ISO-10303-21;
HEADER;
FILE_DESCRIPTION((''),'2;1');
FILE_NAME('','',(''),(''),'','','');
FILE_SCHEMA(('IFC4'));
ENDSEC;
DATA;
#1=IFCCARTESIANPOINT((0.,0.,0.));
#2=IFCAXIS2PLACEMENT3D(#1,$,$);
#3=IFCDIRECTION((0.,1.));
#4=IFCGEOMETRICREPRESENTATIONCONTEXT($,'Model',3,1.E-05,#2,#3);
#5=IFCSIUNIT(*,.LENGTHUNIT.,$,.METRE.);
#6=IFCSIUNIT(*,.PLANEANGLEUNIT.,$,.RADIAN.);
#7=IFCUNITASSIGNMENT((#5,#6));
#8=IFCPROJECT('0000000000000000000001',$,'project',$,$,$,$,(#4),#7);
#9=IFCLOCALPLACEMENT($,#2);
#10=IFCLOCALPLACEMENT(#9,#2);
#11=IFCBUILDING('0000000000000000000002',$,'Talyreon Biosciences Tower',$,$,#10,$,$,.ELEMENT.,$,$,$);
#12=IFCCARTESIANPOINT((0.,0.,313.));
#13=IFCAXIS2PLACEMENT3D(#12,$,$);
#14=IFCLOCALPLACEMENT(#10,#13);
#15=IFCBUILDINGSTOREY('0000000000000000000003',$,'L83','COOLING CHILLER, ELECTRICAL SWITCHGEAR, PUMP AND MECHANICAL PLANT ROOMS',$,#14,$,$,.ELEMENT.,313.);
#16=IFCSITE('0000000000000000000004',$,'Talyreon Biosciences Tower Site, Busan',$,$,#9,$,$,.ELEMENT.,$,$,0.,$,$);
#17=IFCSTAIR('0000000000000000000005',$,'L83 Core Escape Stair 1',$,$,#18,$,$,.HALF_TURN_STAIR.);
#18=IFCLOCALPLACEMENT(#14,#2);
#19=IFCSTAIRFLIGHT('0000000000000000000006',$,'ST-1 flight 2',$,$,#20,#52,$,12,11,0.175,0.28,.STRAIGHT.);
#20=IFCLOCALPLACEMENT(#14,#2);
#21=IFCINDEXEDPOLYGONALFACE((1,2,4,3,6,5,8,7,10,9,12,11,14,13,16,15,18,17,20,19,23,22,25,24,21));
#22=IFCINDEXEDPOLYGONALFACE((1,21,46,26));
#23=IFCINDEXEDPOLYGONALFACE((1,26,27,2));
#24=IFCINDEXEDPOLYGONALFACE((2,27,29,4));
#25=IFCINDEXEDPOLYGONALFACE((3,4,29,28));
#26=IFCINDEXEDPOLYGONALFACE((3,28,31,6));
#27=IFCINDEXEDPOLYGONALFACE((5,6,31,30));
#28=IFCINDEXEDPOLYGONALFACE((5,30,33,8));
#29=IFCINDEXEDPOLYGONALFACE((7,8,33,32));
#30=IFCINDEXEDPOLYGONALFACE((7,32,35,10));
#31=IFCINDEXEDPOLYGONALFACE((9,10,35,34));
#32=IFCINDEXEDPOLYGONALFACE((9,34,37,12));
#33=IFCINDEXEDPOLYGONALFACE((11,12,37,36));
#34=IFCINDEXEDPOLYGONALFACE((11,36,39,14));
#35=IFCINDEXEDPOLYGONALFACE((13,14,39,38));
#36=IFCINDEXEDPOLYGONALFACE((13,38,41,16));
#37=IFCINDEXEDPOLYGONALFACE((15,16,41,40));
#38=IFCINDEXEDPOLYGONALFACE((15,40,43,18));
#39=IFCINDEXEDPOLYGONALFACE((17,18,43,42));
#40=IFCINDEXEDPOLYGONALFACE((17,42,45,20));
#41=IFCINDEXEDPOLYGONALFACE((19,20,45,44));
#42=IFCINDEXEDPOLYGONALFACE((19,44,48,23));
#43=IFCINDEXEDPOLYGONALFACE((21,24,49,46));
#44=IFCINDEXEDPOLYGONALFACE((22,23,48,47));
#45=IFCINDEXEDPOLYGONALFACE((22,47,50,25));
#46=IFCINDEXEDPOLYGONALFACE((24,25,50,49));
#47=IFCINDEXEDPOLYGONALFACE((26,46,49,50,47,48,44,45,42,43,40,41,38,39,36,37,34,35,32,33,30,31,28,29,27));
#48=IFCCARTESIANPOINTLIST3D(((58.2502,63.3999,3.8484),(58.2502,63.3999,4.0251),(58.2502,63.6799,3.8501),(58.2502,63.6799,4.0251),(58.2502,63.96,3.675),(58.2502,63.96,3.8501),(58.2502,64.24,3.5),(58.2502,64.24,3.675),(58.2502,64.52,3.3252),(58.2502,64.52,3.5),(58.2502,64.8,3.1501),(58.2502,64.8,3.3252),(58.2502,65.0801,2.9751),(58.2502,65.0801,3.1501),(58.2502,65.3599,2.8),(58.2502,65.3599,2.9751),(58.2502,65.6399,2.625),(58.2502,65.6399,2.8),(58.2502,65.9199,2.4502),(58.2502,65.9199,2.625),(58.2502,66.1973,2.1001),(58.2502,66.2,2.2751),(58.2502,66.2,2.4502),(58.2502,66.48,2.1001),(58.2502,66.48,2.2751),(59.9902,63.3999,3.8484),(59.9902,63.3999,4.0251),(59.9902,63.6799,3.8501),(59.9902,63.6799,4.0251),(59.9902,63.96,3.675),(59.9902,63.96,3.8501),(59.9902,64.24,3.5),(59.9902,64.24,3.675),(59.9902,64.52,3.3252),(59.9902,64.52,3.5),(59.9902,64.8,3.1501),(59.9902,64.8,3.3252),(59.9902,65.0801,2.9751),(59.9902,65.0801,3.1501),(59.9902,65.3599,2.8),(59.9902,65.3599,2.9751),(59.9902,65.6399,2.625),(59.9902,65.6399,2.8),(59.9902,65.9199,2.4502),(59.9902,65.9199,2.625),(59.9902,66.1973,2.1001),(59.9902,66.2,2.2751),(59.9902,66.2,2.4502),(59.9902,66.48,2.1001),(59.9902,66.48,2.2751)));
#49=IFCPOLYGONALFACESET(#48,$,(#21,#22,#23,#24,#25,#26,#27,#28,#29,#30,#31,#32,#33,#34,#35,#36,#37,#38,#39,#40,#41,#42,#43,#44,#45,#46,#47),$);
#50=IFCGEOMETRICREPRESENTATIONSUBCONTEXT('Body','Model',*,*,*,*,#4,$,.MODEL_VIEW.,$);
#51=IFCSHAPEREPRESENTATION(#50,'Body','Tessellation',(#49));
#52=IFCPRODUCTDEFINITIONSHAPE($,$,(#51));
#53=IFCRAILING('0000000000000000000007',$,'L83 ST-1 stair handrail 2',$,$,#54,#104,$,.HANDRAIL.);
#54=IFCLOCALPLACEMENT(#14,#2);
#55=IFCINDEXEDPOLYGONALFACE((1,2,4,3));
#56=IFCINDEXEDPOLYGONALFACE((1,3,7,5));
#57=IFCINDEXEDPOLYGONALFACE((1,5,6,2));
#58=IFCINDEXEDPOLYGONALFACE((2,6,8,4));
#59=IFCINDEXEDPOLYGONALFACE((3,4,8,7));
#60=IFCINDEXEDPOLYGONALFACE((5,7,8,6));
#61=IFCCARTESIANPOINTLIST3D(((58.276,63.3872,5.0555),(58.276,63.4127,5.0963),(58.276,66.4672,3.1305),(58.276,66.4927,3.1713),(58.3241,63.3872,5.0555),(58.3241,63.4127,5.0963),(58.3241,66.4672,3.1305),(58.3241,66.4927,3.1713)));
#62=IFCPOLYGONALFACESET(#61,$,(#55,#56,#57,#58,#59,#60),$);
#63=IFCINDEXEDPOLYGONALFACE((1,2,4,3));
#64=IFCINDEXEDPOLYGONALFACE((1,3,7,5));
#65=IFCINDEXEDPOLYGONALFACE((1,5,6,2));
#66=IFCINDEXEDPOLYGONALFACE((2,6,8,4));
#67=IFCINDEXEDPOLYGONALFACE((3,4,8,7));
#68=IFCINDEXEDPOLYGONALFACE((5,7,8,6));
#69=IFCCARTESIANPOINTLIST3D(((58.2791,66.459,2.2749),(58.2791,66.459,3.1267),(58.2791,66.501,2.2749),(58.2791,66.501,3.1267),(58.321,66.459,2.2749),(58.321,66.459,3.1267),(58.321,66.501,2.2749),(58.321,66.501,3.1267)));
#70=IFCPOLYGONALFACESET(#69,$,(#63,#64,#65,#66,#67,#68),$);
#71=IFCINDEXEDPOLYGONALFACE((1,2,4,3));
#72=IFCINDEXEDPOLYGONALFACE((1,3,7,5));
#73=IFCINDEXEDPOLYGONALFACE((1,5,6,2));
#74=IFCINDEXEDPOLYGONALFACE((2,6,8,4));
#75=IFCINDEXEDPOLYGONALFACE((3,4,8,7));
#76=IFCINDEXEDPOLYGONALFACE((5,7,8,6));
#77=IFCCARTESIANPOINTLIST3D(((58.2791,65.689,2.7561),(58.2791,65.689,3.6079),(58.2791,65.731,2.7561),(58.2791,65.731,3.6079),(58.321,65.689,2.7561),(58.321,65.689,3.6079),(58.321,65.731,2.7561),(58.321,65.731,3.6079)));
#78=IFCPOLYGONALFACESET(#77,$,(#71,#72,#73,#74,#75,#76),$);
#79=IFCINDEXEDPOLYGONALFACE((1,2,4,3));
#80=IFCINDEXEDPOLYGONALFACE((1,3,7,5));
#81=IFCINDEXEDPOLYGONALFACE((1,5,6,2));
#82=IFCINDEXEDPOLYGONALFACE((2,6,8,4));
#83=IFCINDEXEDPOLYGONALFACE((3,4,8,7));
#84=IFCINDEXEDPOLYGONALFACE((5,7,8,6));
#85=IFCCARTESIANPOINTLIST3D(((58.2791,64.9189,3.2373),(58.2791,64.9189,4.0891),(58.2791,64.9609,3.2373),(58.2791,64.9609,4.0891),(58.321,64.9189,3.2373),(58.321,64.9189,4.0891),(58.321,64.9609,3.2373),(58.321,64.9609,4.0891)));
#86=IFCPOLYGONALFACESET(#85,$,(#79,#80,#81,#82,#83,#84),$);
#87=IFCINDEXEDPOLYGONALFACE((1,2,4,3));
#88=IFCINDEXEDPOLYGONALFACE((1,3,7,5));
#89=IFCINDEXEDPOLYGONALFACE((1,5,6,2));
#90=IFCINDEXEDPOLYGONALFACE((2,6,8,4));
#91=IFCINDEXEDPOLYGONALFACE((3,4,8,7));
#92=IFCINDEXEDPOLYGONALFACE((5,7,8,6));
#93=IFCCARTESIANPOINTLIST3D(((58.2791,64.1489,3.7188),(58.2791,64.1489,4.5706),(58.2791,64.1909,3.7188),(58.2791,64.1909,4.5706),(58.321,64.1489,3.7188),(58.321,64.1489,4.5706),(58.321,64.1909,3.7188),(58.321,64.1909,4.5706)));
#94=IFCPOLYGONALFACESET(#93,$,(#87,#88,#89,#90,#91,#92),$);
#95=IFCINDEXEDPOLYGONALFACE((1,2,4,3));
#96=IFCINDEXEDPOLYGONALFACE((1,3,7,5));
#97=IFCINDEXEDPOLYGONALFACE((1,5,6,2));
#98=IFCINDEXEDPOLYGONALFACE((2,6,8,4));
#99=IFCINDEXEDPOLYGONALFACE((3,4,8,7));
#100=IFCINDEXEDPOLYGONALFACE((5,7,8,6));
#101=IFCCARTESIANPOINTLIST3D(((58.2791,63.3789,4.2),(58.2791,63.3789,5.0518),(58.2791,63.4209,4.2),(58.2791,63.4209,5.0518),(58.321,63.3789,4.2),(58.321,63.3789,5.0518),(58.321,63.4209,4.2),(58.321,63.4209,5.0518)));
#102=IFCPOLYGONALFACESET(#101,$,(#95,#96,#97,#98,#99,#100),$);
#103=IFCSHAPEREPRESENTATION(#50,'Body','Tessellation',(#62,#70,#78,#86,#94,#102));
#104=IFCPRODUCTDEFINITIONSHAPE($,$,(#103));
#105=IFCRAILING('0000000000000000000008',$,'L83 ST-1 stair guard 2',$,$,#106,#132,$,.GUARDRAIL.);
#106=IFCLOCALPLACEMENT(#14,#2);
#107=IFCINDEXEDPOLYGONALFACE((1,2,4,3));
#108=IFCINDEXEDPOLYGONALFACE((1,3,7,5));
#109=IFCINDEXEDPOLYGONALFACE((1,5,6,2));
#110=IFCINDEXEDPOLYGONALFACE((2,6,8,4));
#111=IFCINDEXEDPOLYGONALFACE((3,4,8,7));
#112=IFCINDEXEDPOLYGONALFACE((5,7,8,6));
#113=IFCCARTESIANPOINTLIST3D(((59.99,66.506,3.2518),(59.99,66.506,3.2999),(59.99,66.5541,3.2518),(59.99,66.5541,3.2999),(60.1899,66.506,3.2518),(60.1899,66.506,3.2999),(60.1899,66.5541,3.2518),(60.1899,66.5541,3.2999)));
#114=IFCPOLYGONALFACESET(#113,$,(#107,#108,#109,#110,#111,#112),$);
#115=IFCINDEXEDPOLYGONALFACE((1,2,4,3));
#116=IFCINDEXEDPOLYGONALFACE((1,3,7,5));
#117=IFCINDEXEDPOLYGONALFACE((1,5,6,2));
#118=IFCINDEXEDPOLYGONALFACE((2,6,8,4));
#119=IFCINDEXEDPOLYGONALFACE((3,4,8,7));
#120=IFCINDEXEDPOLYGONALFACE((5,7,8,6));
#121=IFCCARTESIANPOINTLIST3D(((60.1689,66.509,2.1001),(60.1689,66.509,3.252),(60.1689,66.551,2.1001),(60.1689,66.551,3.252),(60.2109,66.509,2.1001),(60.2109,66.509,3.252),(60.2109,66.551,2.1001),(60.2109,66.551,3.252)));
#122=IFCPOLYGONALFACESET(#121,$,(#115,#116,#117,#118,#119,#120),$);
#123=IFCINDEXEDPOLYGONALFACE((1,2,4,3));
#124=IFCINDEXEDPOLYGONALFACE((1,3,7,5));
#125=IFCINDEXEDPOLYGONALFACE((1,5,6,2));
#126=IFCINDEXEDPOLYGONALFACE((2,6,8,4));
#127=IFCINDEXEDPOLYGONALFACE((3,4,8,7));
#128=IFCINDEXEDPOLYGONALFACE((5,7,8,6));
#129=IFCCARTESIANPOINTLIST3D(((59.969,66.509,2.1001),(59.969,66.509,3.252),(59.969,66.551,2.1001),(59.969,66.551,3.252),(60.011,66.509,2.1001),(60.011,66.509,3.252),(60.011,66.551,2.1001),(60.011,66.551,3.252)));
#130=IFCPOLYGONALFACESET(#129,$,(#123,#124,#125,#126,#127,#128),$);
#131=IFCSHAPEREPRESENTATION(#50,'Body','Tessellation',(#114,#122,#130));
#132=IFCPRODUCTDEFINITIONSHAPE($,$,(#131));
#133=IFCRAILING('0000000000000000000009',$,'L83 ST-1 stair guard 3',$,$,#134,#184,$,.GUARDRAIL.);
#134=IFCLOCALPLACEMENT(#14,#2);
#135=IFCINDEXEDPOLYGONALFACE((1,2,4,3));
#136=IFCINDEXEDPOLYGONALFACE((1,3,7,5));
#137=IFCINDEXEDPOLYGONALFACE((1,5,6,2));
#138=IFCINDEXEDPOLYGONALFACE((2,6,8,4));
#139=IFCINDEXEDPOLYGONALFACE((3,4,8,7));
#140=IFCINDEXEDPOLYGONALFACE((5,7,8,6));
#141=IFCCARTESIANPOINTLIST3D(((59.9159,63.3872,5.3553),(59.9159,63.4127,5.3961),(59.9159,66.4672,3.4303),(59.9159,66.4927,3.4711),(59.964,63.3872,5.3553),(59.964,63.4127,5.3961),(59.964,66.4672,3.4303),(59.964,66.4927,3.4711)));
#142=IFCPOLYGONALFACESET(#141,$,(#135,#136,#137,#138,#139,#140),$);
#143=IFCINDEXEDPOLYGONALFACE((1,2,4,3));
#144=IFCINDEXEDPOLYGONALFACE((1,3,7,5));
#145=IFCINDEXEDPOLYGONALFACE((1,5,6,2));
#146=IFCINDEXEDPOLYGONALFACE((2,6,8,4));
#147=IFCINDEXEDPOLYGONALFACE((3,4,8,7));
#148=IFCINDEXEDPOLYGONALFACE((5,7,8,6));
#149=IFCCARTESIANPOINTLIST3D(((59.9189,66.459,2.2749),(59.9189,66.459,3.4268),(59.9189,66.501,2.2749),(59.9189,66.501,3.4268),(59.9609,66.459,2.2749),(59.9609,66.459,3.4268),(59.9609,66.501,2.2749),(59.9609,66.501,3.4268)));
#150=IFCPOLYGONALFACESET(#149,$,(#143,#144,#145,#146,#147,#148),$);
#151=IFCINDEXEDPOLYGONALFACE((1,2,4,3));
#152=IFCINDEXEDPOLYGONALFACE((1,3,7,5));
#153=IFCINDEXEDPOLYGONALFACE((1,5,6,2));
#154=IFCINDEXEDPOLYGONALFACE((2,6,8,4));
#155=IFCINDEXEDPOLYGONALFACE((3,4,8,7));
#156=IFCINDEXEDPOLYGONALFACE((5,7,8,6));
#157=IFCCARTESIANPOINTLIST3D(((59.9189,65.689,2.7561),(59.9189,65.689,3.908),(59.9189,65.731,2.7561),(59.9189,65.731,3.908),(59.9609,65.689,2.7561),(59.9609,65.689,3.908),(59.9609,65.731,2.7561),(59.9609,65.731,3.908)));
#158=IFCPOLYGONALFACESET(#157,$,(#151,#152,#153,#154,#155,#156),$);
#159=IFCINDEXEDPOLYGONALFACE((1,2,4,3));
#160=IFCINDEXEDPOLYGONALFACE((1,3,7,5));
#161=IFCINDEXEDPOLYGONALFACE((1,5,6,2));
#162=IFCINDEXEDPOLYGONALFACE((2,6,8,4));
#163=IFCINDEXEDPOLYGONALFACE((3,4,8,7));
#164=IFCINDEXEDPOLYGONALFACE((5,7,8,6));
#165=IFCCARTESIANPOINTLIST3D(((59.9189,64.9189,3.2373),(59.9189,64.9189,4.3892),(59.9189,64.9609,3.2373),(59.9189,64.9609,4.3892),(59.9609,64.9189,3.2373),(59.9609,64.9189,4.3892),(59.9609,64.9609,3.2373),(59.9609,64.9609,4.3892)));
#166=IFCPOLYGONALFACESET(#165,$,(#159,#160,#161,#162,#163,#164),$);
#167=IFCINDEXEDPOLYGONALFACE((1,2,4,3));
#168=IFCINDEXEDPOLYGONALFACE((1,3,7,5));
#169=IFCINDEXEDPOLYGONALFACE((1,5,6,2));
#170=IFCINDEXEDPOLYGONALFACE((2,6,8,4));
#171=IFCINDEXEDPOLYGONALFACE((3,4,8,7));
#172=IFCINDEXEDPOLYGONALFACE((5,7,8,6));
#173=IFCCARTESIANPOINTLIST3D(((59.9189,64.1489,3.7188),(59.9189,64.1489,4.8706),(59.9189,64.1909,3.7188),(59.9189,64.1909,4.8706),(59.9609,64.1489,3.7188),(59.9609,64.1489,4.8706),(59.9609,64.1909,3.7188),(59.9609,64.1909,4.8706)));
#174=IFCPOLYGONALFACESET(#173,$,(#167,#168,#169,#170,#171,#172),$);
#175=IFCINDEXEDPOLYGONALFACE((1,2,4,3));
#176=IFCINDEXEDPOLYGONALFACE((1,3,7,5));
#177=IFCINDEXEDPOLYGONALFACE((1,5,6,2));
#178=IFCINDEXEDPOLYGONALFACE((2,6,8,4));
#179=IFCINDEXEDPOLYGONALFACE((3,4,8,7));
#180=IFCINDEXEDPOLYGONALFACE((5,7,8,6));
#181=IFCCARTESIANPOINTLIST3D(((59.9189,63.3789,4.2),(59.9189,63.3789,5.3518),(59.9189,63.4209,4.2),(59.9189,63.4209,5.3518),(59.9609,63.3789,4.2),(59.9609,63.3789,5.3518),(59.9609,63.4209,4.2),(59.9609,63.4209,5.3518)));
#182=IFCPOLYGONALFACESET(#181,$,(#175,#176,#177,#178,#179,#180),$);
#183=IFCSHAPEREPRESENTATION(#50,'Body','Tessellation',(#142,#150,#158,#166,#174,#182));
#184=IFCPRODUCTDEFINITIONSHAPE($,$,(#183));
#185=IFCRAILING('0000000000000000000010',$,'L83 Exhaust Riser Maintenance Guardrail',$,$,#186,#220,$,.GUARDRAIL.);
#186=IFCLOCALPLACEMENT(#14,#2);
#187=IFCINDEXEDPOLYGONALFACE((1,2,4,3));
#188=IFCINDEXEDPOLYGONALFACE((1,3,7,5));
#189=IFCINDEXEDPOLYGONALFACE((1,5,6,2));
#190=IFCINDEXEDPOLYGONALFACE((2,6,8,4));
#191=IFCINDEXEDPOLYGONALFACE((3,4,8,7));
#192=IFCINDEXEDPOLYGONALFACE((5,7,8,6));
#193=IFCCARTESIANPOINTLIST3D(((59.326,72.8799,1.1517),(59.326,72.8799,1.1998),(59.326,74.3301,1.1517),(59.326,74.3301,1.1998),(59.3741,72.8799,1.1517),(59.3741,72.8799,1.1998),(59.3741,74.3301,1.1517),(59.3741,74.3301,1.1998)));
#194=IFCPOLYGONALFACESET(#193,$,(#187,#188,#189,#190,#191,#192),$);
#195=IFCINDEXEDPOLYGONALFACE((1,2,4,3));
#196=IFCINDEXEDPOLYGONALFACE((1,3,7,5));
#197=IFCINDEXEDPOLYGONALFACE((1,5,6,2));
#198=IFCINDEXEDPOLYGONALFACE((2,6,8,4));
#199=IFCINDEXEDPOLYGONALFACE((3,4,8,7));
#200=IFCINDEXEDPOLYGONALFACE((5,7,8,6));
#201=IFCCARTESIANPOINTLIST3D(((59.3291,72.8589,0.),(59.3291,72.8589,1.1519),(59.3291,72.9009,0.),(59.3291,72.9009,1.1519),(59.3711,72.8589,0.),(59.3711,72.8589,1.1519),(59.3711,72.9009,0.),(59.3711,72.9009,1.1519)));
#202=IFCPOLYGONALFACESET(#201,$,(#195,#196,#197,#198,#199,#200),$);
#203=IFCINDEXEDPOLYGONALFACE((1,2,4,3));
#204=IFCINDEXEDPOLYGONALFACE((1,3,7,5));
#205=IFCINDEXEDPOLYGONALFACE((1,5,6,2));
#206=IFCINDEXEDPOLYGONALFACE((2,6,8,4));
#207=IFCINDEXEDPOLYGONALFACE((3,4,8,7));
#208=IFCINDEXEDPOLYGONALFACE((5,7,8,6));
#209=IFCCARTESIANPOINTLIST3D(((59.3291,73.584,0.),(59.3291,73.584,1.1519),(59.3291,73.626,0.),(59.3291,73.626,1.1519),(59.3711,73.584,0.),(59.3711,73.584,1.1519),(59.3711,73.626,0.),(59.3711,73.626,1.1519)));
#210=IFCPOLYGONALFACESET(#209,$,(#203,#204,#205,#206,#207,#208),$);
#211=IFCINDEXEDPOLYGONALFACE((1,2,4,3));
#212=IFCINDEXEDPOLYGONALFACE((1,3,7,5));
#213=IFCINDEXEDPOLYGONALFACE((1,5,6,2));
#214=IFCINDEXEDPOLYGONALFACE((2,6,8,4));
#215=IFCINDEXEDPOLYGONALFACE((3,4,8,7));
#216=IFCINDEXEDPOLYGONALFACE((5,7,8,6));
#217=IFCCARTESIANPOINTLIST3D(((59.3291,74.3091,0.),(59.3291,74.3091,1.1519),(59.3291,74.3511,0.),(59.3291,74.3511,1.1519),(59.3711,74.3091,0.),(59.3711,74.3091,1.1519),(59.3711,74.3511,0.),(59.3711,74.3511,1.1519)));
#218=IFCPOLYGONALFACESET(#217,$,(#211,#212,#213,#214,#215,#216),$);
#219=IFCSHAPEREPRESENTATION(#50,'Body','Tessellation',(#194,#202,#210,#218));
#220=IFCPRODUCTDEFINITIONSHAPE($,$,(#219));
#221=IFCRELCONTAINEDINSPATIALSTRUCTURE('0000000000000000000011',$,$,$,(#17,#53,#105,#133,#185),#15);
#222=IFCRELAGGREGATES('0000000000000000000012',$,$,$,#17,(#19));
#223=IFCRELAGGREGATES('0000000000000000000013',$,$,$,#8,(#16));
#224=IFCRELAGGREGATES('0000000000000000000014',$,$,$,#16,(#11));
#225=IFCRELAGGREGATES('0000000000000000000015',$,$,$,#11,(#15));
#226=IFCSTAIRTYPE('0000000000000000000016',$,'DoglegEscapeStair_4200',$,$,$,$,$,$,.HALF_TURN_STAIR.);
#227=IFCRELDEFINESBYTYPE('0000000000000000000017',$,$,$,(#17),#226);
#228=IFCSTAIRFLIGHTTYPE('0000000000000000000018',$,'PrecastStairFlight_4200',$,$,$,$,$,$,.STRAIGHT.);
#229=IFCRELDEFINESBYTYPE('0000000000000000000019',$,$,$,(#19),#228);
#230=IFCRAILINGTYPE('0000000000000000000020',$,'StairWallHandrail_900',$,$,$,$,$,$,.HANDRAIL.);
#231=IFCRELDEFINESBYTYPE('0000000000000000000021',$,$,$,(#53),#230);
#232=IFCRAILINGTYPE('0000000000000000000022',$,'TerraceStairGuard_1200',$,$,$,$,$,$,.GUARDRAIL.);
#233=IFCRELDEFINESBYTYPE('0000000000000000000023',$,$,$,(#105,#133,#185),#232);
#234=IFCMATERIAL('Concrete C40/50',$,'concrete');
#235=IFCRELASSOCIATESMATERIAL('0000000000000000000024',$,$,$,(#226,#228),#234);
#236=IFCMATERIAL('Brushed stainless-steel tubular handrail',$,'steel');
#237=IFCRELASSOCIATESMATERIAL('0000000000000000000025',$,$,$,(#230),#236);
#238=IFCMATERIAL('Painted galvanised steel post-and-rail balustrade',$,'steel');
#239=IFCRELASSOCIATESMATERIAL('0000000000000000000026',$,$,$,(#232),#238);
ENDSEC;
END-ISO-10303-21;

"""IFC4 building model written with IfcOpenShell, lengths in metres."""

from ifc_helpers import new_model, si_unit, direction, frame, origin, origin_2d, place, context, subcontext, project, spatial, polyline, rectangle, outline, extrude, material, type_object, element, aggregate, save


model = new_model("IFC4")

# Units and contexts
model_context = context("Model", 3, precision=1e-05, world=origin(), true_north=direction((0.0, 1.0)))
body_context = subcontext(model_context, "Body", "Model", "MODEL_VIEW")
ifc_project = project(units=[si_unit("LENGTHUNIT", "METRE"), si_unit("PLANEANGLEUNIT", "RADIAN")], contexts=[model_context])

# Site, building, storey
site_placement = place(None, origin())
site = spatial("IfcSite", under=ifc_project, at=site_placement, Name="Talyreon Biosciences Tower Site, Busan", CompositionType="ELEMENT", RefElevation=0.0)
building_placement = place(site_placement, origin())
building = spatial("IfcBuilding", under=site, at=building_placement, Name="Talyreon Biosciences Tower", CompositionType="ELEMENT")
storey_placement = place(building_placement, frame((0.0, 0.0, 313.0)))
storey = spatial("IfcBuildingStorey", under=building, at=storey_placement, Name="L83", Description="COOLING CHILLER, ELECTRICAL SWITCHGEAR, PUMP AND MECHANICAL PLANT ROOMS", CompositionType="ELEMENT", Elevation=313.0)

# Stair, stair flight
ifc_material_1 = material(Name="Concrete C40/50", Category="concrete")
stair_type = type_object("IfcStairType", Name="DoglegEscapeStair_4200", PredefinedType="HALF_TURN_STAIR", material=ifc_material_1)
stair_placement = place(storey_placement, origin())
stair = element("IfcStair", 1, at=stair_placement, inside=storey, type_object=stair_type, Name="L83 Core Escape Stair 1", PredefinedType="HALF_TURN_STAIR")
stair_flight_type = type_object("IfcStairFlightType", Name="PrecastStairFlight_4200", PredefinedType="STRAIGHT", material=ifc_material_1)
stair_flight_placement = place(storey_placement, frame((59.1201, 66.48, 2.1001), z_axis=(0.0, 0.0, 1.0), x_axis=(0.0, -1.0, 0.0)))
stair_flight = element("IfcStairFlight", 2, at=stair_flight_placement, type_object=stair_flight_type, Name="ST-1 flight 2", NumberOfRisers=12, NumberOfTreads=11, PredefinedType="STRAIGHT", RiserHeight=0.175, TreadLength=0.28, context=body_context, shape_type="SweptSolid", body=[
    extrude(outline(polyline([(0.0, 0.0), (0.0, 0.175), (0.28, 0.175), (0.28, 0.3501), (0.5601, 0.3501), (0.5601, 0.5249), (0.8401, 0.5249), (0.8401, 0.7), (1.1201, 0.7), (1.1201, 0.875), (1.3999, 0.875), (1.3999, 1.05), (1.6799, 1.05), (1.6799, 1.2251), (1.96, 1.2251), (1.96, 1.3999), (2.24, 1.3999), (2.24, 1.575), (2.52, 1.575), (2.52, 1.75), (2.8, 1.75), (2.8, 1.925), (3.0801, 1.925), (3.0801, 2.1001), (3.0801, 1.7483), (0.2827, 0.0), (0.0, 0.0)])), frame((0.0, 0.8701, 0.0), z_axis=(0.0, -1.0, 0.0), x_axis=(1.0, 0.0, 0.0)), (0.0, 0.0, 1.0), 1.74),
])
aggregate(stair, [stair_flight])

# Railings
ifc_material_2 = material(Name="Brushed stainless-steel tubular handrail", Category="steel")
railing_type_1 = type_object("IfcRailingType", Name="StairWallHandrail_900", PredefinedType="HANDRAIL", material=ifc_material_2)
railing_1_placement = place(storey_placement, frame((58.3, 66.48, 2.2749)))
element("IfcRailing", 3, at=railing_1_placement, inside=storey, type_object=railing_type_1, Name="L83 ST-1 stair handrail 2", PredefinedType="HANDRAIL", context=body_context, shape_type="SweptSolid", body=[
    extrude(rectangle(XDim=0.0481, YDim=0.0481, at=origin_2d()), frame((0.0, 0.0, 0.876), z_axis=(0.0, -0.847998, 0.529999), x_axis=(1.0, 0.0, 0.0)), (0.0, 0.0, 1.0), 3.6321),
    extrude(rectangle(XDim=0.042, YDim=0.042, at=origin_2d()), origin(), (0.0, 0.0, 1.0), 0.8518),
    extrude(rectangle(XDim=0.042, YDim=0.042, at=origin_2d()), frame((0.0, -0.77, 0.4812)), (0.0, 0.0, 1.0), 0.8518),
    extrude(rectangle(XDim=0.042, YDim=0.042, at=origin_2d()), frame((0.0, -1.54, 0.9624)), (0.0, 0.0, 1.0), 0.8518),
    extrude(rectangle(XDim=0.042, YDim=0.042, at=origin_2d()), frame((0.0, -2.3101, 1.4438)), (0.0, 0.0, 1.0), 0.8518),
    extrude(rectangle(XDim=0.042, YDim=0.042, at=origin_2d()), frame((0.0, -3.0801, 1.925)), (0.0, 0.0, 1.0), 0.8518),
])
ifc_material_3 = material(Name="Painted galvanised steel post-and-rail balustrade", Category="steel")
railing_type_2 = type_object("IfcRailingType", Name="TerraceStairGuard_1200", PredefinedType="GUARDRAIL", material=ifc_material_3)
railing_2_placement = place(storey_placement, frame((60.1899, 66.53, 2.1001)))
element("IfcRailing", 4, at=railing_2_placement, inside=storey, type_object=railing_type_2, Name="L83 ST-1 stair guard 2", PredefinedType="GUARDRAIL", context=body_context, shape_type="SweptSolid", body=[
    extrude(rectangle(XDim=0.0481, YDim=0.0481, at=origin_2d()), frame((0.0, 0.0, 1.1758), z_axis=(-1.0, 0.0, 0.0), x_axis=(0.0, -1.0, 0.0)), (0.0, 0.0, 1.0), 0.2),
    extrude(rectangle(XDim=0.042, YDim=0.042, at=origin_2d()), origin(), (0.0, 0.0, 1.0), 1.1519),
    extrude(rectangle(XDim=0.042, YDim=0.042, at=origin_2d()), frame((-0.2, 0.0, 0.0)), (0.0, 0.0, 1.0), 1.1519),
])
railing_3_placement = place(storey_placement, frame((59.9399, 66.48, 2.2749)))
element("IfcRailing", 5, at=railing_3_placement, inside=storey, type_object=railing_type_2, Name="L83 ST-1 stair guard 3", PredefinedType="GUARDRAIL", context=body_context, shape_type="SweptSolid", body=[
    extrude(rectangle(XDim=0.0481, YDim=0.0481, at=origin_2d()), frame((0.0, 0.0, 1.1758), z_axis=(0.0, -0.847998, 0.529999), x_axis=(1.0, 0.0, 0.0)), (0.0, 0.0, 1.0), 3.6321),
    extrude(rectangle(XDim=0.042, YDim=0.042, at=origin_2d()), origin(), (0.0, 0.0, 1.0), 1.1519),
    extrude(rectangle(XDim=0.042, YDim=0.042, at=origin_2d()), frame((0.0, -0.77, 0.4812)), (0.0, 0.0, 1.0), 1.1519),
    extrude(rectangle(XDim=0.042, YDim=0.042, at=origin_2d()), frame((0.0, -1.54, 0.9624)), (0.0, 0.0, 1.0), 1.1519),
    extrude(rectangle(XDim=0.042, YDim=0.042, at=origin_2d()), frame((0.0, -2.3101, 1.4438)), (0.0, 0.0, 1.0), 1.1519),
    extrude(rectangle(XDim=0.042, YDim=0.042, at=origin_2d()), frame((0.0, -3.0801, 1.925)), (0.0, 0.0, 1.0), 1.1519),
])
railing_4_placement = place(storey_placement, frame((59.3501, 72.8799, 0.0)))
element("IfcRailing", 6, at=railing_4_placement, inside=storey, type_object=railing_type_2, Name="L83 Exhaust Riser Maintenance Guardrail", PredefinedType="GUARDRAIL", context=body_context, shape_type="SweptSolid", body=[
    extrude(rectangle(XDim=0.0481, YDim=0.0481, at=origin_2d()), frame((0.0, 0.0, 1.1758), z_axis=(0.0, 1.0, 0.0), x_axis=(-1.0, 0.0, 0.0)), (0.0, 0.0, 1.0), 1.4502),
    extrude(rectangle(XDim=0.042, YDim=0.042, at=origin_2d()), origin(), (0.0, 0.0, 1.0), 1.1519),
    extrude(rectangle(XDim=0.042, YDim=0.042, at=origin_2d()), frame((0.0, 0.7251, 0.0)), (0.0, 0.0, 1.0), 1.1519),
    extrude(rectangle(XDim=0.042, YDim=0.042, at=origin_2d()), frame((0.0, 1.4502, 0.0)), (0.0, 0.0, 1.0), 1.1519),
])

save(model, "model.ifc")
